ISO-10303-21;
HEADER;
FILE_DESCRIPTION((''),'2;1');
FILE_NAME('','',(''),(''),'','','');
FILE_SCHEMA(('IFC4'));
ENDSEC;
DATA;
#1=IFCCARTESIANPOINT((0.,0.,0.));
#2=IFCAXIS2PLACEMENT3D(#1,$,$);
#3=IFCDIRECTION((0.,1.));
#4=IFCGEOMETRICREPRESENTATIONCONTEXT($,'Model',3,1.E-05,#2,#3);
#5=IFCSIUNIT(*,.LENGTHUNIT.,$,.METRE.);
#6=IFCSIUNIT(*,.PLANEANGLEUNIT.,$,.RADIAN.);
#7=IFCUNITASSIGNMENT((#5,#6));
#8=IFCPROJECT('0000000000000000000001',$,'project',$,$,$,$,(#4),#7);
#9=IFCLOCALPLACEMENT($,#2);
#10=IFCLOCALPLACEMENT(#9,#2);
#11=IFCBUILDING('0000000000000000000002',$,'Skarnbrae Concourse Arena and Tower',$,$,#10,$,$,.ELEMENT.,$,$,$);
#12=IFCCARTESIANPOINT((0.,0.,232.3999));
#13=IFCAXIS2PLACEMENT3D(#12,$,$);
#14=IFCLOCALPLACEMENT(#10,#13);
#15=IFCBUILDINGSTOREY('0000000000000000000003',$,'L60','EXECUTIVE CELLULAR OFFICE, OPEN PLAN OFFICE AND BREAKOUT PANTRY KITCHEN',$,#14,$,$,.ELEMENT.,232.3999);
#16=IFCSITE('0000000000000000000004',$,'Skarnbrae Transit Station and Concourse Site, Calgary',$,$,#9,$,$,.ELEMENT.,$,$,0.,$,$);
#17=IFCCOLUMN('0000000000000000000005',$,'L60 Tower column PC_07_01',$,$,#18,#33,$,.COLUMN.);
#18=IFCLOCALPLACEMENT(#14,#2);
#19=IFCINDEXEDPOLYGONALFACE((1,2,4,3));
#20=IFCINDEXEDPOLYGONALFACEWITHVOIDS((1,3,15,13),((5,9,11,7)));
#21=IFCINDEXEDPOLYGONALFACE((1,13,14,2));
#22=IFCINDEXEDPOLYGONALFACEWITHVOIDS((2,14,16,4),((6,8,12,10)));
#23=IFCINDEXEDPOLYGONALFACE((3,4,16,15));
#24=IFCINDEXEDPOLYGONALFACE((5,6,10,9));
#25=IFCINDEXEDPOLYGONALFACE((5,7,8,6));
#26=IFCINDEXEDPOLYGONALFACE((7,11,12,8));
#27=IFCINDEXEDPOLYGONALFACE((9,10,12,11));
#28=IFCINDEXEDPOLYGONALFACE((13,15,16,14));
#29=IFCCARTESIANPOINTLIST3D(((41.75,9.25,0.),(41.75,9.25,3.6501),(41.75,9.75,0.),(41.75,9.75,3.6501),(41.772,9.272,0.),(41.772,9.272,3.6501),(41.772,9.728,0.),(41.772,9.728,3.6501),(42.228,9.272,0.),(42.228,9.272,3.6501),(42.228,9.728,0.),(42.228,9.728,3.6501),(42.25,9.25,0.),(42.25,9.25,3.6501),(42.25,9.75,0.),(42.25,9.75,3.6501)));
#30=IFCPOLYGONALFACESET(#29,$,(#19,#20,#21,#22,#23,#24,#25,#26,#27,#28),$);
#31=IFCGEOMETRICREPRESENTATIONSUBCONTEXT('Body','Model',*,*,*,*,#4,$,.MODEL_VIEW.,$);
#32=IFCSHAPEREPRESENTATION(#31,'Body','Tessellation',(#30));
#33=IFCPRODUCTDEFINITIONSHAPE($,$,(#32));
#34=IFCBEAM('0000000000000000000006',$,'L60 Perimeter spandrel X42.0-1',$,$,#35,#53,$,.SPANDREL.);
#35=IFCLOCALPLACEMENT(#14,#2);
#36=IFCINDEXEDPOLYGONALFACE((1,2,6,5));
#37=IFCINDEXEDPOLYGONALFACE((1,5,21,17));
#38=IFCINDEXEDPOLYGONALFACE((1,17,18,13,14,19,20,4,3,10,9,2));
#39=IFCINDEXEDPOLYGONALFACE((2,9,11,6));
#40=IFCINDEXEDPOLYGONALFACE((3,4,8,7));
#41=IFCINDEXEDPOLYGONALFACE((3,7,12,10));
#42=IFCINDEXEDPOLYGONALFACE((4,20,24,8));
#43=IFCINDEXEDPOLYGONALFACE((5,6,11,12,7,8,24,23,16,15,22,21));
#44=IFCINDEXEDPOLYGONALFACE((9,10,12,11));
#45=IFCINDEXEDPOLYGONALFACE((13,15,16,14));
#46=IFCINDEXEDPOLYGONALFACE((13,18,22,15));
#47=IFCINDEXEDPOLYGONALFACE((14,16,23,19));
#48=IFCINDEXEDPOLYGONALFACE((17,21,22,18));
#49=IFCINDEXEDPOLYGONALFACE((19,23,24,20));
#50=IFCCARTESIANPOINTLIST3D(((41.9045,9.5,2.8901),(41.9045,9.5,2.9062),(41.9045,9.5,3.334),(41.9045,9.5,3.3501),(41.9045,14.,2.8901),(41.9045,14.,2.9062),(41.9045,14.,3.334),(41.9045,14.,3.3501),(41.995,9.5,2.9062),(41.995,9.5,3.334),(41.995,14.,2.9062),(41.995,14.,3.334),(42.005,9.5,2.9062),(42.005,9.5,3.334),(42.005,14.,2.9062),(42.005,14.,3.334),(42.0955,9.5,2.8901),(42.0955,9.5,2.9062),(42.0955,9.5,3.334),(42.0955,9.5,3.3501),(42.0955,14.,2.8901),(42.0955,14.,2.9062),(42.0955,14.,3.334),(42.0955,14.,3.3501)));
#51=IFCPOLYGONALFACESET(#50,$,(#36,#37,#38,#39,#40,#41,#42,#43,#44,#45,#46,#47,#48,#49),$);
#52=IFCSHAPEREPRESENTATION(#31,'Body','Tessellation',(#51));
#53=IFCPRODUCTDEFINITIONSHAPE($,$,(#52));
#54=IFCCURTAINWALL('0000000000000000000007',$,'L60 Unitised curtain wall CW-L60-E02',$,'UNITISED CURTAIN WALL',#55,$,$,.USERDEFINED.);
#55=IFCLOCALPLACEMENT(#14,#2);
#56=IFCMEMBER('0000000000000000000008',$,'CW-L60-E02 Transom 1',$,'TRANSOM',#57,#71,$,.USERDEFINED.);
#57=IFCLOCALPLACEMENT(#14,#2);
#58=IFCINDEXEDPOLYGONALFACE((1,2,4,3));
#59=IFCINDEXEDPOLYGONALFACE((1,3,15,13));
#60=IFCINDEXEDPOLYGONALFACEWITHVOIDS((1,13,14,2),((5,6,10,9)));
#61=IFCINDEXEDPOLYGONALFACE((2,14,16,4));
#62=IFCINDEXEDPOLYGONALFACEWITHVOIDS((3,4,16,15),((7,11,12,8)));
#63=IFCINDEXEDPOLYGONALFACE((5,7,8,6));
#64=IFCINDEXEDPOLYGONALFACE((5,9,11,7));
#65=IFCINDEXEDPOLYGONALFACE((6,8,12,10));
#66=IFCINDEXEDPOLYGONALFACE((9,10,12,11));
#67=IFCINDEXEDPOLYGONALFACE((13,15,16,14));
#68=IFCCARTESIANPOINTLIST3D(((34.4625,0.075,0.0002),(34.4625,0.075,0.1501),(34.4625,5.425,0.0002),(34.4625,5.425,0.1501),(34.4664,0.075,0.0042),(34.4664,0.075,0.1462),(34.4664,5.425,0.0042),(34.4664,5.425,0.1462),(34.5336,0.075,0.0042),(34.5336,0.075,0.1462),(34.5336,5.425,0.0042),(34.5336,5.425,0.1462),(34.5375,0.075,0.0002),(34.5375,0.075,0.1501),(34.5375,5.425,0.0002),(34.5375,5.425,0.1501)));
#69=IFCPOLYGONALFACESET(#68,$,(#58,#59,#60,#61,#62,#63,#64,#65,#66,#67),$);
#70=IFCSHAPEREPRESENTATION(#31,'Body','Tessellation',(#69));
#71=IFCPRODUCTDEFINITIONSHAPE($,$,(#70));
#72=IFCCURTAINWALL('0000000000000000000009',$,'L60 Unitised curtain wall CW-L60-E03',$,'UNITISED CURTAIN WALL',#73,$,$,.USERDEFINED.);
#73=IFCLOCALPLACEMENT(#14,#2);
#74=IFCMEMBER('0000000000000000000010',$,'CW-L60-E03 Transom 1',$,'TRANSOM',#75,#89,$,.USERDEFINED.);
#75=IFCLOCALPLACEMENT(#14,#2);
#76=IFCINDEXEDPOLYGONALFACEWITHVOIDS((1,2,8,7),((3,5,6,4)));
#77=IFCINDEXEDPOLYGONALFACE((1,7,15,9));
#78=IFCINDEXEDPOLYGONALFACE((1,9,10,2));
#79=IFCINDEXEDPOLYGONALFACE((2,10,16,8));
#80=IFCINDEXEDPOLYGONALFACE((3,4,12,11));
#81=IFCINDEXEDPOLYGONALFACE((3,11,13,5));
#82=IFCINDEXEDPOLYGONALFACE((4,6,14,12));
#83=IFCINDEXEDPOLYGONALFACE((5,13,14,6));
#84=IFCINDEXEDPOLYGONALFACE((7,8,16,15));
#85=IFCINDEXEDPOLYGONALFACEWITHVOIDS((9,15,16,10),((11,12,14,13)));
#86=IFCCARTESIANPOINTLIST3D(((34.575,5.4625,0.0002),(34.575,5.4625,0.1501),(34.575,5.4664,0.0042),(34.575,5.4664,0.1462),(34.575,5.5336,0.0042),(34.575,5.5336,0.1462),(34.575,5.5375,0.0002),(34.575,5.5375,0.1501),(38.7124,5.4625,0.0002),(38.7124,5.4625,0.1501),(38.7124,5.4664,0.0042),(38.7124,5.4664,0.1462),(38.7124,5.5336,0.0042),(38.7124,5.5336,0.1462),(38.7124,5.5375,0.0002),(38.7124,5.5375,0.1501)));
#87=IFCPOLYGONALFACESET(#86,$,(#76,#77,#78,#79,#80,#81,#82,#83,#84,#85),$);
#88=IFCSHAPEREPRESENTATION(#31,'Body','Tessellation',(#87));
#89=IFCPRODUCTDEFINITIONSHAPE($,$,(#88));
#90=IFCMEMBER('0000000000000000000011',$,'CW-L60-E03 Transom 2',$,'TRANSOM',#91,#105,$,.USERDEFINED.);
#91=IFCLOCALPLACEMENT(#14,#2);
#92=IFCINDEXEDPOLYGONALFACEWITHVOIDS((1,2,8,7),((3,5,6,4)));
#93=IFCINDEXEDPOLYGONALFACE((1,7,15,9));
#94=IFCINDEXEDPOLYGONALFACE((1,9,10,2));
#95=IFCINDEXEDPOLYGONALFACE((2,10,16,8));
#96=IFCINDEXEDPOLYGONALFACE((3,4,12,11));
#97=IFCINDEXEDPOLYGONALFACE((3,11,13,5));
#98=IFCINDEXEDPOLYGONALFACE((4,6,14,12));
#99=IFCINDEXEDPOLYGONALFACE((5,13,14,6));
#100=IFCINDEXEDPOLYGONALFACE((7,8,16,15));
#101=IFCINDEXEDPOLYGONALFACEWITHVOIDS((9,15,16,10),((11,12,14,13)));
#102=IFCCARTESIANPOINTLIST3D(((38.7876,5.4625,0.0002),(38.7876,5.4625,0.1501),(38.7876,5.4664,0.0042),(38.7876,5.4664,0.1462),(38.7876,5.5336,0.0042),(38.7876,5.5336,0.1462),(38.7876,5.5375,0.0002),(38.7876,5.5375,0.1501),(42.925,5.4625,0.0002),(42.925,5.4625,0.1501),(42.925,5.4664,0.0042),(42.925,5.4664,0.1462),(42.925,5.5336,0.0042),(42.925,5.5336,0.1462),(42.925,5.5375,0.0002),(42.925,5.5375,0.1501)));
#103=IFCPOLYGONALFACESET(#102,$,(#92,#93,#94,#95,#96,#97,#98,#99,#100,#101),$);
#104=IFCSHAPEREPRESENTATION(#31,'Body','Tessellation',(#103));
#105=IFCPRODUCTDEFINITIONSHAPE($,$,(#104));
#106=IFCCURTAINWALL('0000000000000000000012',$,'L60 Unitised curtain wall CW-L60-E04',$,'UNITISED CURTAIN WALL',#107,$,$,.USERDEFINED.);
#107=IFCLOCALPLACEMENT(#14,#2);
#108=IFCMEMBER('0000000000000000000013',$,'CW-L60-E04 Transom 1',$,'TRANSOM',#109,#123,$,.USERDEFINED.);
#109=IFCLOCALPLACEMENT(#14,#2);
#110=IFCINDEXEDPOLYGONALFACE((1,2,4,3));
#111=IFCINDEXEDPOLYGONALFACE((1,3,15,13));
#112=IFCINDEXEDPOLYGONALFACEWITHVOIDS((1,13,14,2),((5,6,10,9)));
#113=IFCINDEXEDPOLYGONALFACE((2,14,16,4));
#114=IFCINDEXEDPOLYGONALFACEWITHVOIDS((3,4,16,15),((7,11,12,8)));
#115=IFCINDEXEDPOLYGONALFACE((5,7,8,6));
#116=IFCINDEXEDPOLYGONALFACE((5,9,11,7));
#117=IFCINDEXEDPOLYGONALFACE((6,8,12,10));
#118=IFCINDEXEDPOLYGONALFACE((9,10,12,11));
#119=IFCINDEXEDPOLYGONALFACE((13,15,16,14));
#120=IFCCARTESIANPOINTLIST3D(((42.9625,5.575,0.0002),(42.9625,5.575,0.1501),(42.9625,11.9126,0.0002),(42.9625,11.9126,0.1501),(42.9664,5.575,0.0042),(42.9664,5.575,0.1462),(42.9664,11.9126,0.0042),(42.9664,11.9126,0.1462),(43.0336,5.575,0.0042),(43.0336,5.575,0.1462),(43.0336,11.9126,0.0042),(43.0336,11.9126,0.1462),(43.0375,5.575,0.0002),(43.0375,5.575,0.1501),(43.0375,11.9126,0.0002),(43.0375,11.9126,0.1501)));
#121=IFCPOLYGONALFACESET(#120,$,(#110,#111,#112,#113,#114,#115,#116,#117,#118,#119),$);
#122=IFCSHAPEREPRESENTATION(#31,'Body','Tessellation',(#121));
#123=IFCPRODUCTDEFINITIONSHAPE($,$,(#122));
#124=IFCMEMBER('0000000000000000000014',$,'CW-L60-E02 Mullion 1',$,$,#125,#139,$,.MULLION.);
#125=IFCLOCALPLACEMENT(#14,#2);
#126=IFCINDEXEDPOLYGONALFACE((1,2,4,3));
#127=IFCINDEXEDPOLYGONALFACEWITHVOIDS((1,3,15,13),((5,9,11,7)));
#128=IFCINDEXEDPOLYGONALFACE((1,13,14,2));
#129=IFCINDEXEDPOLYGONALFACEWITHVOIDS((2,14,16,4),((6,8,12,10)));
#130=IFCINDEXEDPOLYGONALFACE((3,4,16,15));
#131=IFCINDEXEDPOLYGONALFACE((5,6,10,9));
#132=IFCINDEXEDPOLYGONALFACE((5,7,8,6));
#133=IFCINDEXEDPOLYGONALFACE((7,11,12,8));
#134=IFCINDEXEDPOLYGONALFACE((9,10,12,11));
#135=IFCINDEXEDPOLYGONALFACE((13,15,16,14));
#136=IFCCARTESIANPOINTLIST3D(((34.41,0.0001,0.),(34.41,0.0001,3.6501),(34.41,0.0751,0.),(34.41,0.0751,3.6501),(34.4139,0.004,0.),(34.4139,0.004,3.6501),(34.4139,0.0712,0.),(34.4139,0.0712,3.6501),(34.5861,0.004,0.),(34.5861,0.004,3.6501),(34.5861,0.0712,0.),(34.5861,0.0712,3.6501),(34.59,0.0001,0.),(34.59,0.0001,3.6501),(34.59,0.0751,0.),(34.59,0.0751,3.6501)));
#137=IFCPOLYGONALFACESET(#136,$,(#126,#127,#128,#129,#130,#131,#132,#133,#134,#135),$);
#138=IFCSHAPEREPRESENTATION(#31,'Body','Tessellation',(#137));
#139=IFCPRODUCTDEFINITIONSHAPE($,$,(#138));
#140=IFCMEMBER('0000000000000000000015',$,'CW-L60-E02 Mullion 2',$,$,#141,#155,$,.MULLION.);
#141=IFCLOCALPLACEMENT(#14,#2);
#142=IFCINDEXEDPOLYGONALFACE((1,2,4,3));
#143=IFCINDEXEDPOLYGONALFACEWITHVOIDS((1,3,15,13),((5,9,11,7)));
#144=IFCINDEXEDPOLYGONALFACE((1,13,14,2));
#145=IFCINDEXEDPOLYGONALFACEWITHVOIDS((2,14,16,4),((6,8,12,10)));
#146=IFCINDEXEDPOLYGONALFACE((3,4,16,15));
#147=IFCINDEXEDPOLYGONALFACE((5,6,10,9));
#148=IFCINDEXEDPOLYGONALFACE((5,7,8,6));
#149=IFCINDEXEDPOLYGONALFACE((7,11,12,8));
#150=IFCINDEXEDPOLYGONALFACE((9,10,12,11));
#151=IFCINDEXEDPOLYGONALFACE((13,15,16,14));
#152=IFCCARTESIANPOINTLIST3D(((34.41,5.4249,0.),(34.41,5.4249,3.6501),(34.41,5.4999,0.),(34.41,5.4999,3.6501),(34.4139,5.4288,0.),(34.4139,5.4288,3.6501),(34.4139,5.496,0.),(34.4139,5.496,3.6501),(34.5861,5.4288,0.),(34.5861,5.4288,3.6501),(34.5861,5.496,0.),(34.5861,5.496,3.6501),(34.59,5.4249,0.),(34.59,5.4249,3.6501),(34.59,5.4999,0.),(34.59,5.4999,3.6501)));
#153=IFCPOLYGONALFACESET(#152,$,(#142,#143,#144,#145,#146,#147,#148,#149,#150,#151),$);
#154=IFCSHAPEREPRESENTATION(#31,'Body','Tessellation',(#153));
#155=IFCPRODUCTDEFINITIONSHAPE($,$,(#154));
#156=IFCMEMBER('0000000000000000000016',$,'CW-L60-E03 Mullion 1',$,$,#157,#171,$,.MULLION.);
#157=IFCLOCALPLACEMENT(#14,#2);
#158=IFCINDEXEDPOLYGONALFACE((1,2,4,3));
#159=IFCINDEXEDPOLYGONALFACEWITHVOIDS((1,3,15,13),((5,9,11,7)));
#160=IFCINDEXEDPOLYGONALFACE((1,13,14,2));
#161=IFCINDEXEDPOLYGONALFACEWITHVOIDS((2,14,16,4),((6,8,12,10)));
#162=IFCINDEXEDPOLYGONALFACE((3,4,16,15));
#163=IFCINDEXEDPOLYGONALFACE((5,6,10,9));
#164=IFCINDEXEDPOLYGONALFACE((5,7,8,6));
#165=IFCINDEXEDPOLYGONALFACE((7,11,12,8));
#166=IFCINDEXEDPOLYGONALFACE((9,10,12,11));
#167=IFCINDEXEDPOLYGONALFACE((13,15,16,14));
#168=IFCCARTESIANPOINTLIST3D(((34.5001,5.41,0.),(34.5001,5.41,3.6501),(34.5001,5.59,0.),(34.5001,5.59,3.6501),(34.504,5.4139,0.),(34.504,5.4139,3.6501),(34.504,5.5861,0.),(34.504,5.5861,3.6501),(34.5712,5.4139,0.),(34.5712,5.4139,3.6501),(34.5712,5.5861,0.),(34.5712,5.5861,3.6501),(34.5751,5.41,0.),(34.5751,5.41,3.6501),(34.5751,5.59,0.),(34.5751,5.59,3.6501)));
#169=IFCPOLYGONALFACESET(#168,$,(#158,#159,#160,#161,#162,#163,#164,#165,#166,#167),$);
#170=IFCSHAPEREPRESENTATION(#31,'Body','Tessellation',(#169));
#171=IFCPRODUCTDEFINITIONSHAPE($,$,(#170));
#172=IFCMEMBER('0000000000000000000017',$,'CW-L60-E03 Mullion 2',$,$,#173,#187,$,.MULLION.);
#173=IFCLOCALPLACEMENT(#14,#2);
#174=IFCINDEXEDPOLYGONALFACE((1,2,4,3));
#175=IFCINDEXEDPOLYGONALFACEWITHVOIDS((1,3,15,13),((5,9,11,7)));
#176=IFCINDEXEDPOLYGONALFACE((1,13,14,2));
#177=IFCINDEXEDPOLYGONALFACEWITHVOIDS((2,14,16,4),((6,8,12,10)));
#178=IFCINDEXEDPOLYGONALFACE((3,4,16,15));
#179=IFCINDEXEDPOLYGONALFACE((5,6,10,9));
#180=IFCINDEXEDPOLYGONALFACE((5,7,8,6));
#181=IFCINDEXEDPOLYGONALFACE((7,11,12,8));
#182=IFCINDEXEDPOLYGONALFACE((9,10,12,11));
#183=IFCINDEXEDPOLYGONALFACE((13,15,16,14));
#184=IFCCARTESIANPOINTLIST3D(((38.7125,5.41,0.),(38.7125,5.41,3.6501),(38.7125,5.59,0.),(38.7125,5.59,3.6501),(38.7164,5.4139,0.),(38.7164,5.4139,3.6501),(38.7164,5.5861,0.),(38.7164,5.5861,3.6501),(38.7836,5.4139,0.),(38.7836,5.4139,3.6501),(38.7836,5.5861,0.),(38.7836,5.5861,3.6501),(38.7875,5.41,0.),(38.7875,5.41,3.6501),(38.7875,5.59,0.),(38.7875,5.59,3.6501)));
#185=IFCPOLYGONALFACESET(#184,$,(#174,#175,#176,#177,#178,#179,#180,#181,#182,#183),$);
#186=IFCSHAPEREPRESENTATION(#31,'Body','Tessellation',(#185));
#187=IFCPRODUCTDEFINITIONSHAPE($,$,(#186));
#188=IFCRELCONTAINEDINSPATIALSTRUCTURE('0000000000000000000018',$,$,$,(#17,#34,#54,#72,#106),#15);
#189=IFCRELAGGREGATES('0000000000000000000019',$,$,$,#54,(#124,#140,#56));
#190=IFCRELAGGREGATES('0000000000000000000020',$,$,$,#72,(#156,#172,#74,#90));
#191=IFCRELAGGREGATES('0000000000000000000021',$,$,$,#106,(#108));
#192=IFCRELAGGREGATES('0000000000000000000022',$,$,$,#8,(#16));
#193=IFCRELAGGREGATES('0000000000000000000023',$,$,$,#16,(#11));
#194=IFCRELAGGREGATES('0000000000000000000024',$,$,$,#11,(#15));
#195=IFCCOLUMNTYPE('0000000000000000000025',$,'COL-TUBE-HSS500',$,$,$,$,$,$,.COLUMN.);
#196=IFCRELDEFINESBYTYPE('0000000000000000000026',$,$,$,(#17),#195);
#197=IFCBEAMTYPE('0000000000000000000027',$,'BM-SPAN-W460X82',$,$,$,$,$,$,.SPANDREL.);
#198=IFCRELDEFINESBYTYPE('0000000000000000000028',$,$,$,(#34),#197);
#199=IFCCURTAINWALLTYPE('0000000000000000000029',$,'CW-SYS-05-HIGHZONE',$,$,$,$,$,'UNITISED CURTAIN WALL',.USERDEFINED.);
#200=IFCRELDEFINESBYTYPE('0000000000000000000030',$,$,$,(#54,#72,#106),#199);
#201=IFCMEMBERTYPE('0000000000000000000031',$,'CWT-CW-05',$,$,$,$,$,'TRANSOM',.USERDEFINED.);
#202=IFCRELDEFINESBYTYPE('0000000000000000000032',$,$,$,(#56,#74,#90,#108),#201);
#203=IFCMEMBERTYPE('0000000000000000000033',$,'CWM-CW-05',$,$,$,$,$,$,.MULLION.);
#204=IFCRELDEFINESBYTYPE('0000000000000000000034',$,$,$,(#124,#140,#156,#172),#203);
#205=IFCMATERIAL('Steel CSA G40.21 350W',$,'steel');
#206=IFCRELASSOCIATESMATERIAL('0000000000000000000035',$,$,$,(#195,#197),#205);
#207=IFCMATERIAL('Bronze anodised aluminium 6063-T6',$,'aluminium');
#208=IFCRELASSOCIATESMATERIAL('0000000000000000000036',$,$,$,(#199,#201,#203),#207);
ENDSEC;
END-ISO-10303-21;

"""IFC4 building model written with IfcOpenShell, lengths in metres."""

from ifc_helpers import new_model, si_unit, direction, frame, origin, origin_2d, place, context, subcontext, project, spatial, hollow_rectangle, i_section, extrude, source, transform, mapped, material, material_profile, profile_set, type_object, element, aggregate, save


model = new_model("IFC4")

# Units and contexts
model_context = context("Model", 3, precision=1e-05, world=origin(), true_north=direction((0.0, 1.0)))
body_context = subcontext(model_context, "Body", "Model", "MODEL_VIEW")
ifc_project = project(units=[si_unit("LENGTHUNIT", "METRE"), si_unit("PLANEANGLEUNIT", "RADIAN")], contexts=[model_context])

# Site, building, storey
site_placement = place(None, origin())
site = spatial("IfcSite", under=ifc_project, at=site_placement, Name="Skarnbrae Transit Station and Concourse Site, Calgary", CompositionType="ELEMENT", RefElevation=0.0)
building_placement = place(site_placement, origin())
building = spatial("IfcBuilding", under=site, at=building_placement, Name="Skarnbrae Concourse Arena and Tower", CompositionType="ELEMENT")
storey_placement = place(building_placement, frame((0.0, 0.0, 232.3999)))
storey = spatial("IfcBuildingStorey", under=building, at=storey_placement, Name="L60", Description="EXECUTIVE CELLULAR OFFICE, OPEN PLAN OFFICE AND BREAKOUT PANTRY KITCHEN", CompositionType="ELEMENT", Elevation=232.3999)

# Column
ifc_material_1 = material(Name="Steel CSA G40.21 350W", Category="steel")
ifc_material_profile_1 = material_profile(ifc_material_1, hollow_rectangle(XDim=0.5, YDim=0.5, WallThickness=0.022, at=origin_2d()), Name="HSS500X500X22.0")
ifc_profile_set_1 = profile_set([ifc_material_profile_1], Name="Steel CSA G40.21 350W")
column_type = type_object("IfcColumnType", Name="COL-TUBE-HSS500", PredefinedType="COLUMN", material=ifc_profile_set_1)
shared_shape_1 = source(origin(), body_context, "Body", "SweptSolid", [
    extrude(hollow_rectangle(XDim=0.5, YDim=0.5, WallThickness=0.022, at=origin_2d()), origin(), (0.0, 0.0, 1.0), 3.6501),
])
column_placement = place(storey_placement, frame((42.0, 9.5, 0.0), z_axis=(0.0, 0.0, 1.0), x_axis=(1.0, 0.0, 0.0)))
element("IfcColumn", 1, at=column_placement, inside=storey, type_object=column_type, Name="L60 Tower column PC_07_01", PredefinedType="COLUMN", context=body_context, shape_type="MappedRepresentation", body=[
    mapped(shared_shape_1, transform((0.0, 0.0, 0.0))),
])

# Beam
ifc_material_profile_2 = material_profile(ifc_material_1, i_section(OverallWidth=0.1909, OverallDepth=0.46, WebThickness=0.01, FlangeThickness=0.0161, at=origin_2d()), Name="W460X82")
ifc_profile_set_2 = profile_set([ifc_material_profile_2], Name="Steel CSA G40.21 350W")
beam_type = type_object("IfcBeamType", Name="BM-SPAN-W460X82", PredefinedType="SPANDREL", material=ifc_profile_set_2)
shared_shape_2 = source(origin(), body_context, "Body", "SweptSolid", [
    extrude(i_section(OverallWidth=0.1909, OverallDepth=0.46, WebThickness=0.01, FlangeThickness=0.0161, at=origin_2d()), origin(), (0.0, 0.0, 1.0), 4.5),
])
beam_placement = place(storey_placement, frame((42.0, 9.5, 3.1201), z_axis=(0.0, 1.0, 0.0), x_axis=(-1.0, 0.0, 0.0)))
element("IfcBeam", 2, at=beam_placement, inside=storey, type_object=beam_type, Name="L60 Perimeter spandrel X42.0-1", PredefinedType="SPANDREL", context=body_context, shape_type="MappedRepresentation", body=[
    mapped(shared_shape_2, transform((0.0, 0.0, 0.0))),
])

# Curtain wall, member
ifc_material_2 = material(Name="Bronze anodised aluminium 6063-T6", Category="aluminium")
curtain_wall_type = type_object("IfcCurtainWallType", Name="CW-SYS-05-HIGHZONE", ElementType="UNITISED CURTAIN WALL", PredefinedType="USERDEFINED", material=ifc_material_2)
curtain_wall_1_placement = place(storey_placement, origin())
curtain_wall_1 = element("IfcCurtainWall", 3, at=curtain_wall_1_placement, inside=storey, type_object=curtain_wall_type, Name="L60 Unitised curtain wall CW-L60-E02", ObjectType="UNITISED CURTAIN WALL", PredefinedType="USERDEFINED")
ifc_material_profile_3 = material_profile(ifc_material_2, hollow_rectangle(XDim=0.075, YDim=0.1499, WallThickness=0.0039, at=origin_2d()), Name="ALU-TRAN-75X150")
ifc_profile_set_3 = profile_set([ifc_material_profile_3], Name="Bronze anodised aluminium 6063-T6")
member_type_1 = type_object("IfcMemberType", Name="CWT-CW-05", ElementType="TRANSOM", PredefinedType="USERDEFINED", material=ifc_profile_set_3)
shared_shape_3 = source(origin(), body_context, "Body", "SweptSolid", [
    extrude(hollow_rectangle(XDim=0.075, YDim=0.1499, WallThickness=0.0039, at=origin_2d()), origin(), (0.0, 0.0, 1.0), 5.3501),
])
member_1_placement = place(storey_placement, frame((34.5, 0.075, 0.0752), z_axis=(0.0, 1.0, 0.0), x_axis=(-1.0, 0.0, 0.0)))
member_1 = element("IfcMember", 4, at=member_1_placement, type_object=member_type_1, Name="CW-L60-E02 Transom 1", ObjectType="TRANSOM", PredefinedType="USERDEFINED", context=body_context, shape_type="MappedRepresentation", body=[
    mapped(shared_shape_3, transform((0.0, 0.0, 0.0))),
])

# Curtain wall, members
curtain_wall_2_placement = place(storey_placement, origin())
curtain_wall_2 = element("IfcCurtainWall", 5, at=curtain_wall_2_placement, inside=storey, type_object=curtain_wall_type, Name="L60 Unitised curtain wall CW-L60-E03", ObjectType="UNITISED CURTAIN WALL", PredefinedType="USERDEFINED")
shared_shape_4 = source(origin(), body_context, "Body", "SweptSolid", [
    extrude(hollow_rectangle(XDim=0.075, YDim=0.1499, WallThickness=0.0039, at=origin_2d()), origin(), (0.0, 0.0, 1.0), 4.1375),
])
member_2_placement = place(storey_placement, frame((34.575, 5.5, 0.0752), z_axis=(1.0, 0.0, 0.0), x_axis=(0.0, 1.0, 0.0)))
member_2 = element("IfcMember", 6, at=member_2_placement, type_object=member_type_1, Name="CW-L60-E03 Transom 1", ObjectType="TRANSOM", PredefinedType="USERDEFINED", context=body_context, shape_type="MappedRepresentation", body=[
    mapped(shared_shape_4, transform((0.0, 0.0, 0.0))),
])
member_3_placement = place(storey_placement, frame((38.7876, 5.5, 0.0752), z_axis=(1.0, 0.0, 0.0), x_axis=(0.0, 1.0, 0.0)))
member_3 = element("IfcMember", 7, at=member_3_placement, type_object=member_type_1, Name="CW-L60-E03 Transom 2", ObjectType="TRANSOM", PredefinedType="USERDEFINED", context=body_context, shape_type="MappedRepresentation", body=[
    mapped(shared_shape_4, transform((0.0, 0.0, 0.0))),
])

# Curtain wall, member
curtain_wall_3_placement = place(storey_placement, origin())
curtain_wall_3 = element("IfcCurtainWall", 8, at=curtain_wall_3_placement, inside=storey, type_object=curtain_wall_type, Name="L60 Unitised curtain wall CW-L60-E04", ObjectType="UNITISED CURTAIN WALL", PredefinedType="USERDEFINED")
shared_shape_5 = source(origin(), body_context, "Body", "SweptSolid", [
    extrude(hollow_rectangle(XDim=0.075, YDim=0.1499, WallThickness=0.0039, at=origin_2d()), origin(), (0.0, 0.0, 1.0), 6.3376),
])
member_4_placement = place(storey_placement, frame((43.0, 5.575, 0.0752), z_axis=(0.0, 1.0, 0.0), x_axis=(-1.0, 0.0, 0.0)))
member_4 = element("IfcMember", 9, at=member_4_placement, type_object=member_type_1, Name="CW-L60-E04 Transom 1", ObjectType="TRANSOM", PredefinedType="USERDEFINED", context=body_context, shape_type="MappedRepresentation", body=[
    mapped(shared_shape_5, transform((0.0, 0.0, 0.0))),
])

# Members
ifc_material_profile_4 = material_profile(ifc_material_2, hollow_rectangle(XDim=0.075, YDim=0.1799, WallThickness=0.0039, at=origin_2d()), Name="ALU-MULL-75X180")
ifc_profile_set_4 = profile_set([ifc_material_profile_4], Name="Bronze anodised aluminium 6063-T6")
member_type_2 = type_object("IfcMemberType", Name="CWM-CW-05", PredefinedType="MULLION", material=ifc_profile_set_4)
shared_shape_6 = source(origin(), body_context, "Body", "SweptSolid", [
    extrude(hollow_rectangle(XDim=0.075, YDim=0.1799, WallThickness=0.0039, at=origin_2d()), origin(), (0.0, 0.0, 1.0), 3.6501),
])
member_5_placement = place(storey_placement, frame((34.5, 0.0376, 0.0), z_axis=(0.0, 0.0, 1.0), x_axis=(0.0, 1.0, 0.0)))
member_5 = element("IfcMember", 10, at=member_5_placement, type_object=member_type_2, Name="CW-L60-E02 Mullion 1", PredefinedType="MULLION", context=body_context, shape_type="MappedRepresentation", body=[
    mapped(shared_shape_6, transform((0.0, 0.0, 0.0))),
])
member_6_placement = place(storey_placement, frame((34.5, 5.4624, 0.0), z_axis=(0.0, 0.0, 1.0), x_axis=(0.0, 1.0, 0.0)))
member_6 = element("IfcMember", 11, at=member_6_placement, type_object=member_type_2, Name="CW-L60-E02 Mullion 2", PredefinedType="MULLION", context=body_context, shape_type="MappedRepresentation", body=[
    mapped(shared_shape_6, transform((0.0, 0.0, 0.0))),
])
member_7_placement = place(storey_placement, frame((34.5376, 5.5, 0.0), z_axis=(0.0, 0.0, 1.0), x_axis=(1.0, 0.0, 0.0)))
member_7 = element("IfcMember", 12, at=member_7_placement, type_object=member_type_2, Name="CW-L60-E03 Mullion 1", PredefinedType="MULLION", context=body_context, shape_type="MappedRepresentation", body=[
    mapped(shared_shape_6, transform((0.0, 0.0, 0.0))),
])
member_8_placement = place(storey_placement, frame((38.75, 5.5, 0.0), z_axis=(0.0, 0.0, 1.0), x_axis=(1.0, 0.0, 0.0)))
member_8 = element("IfcMember", 13, at=member_8_placement, type_object=member_type_2, Name="CW-L60-E03 Mullion 2", PredefinedType="MULLION", context=body_context, shape_type="MappedRepresentation", body=[
    mapped(shared_shape_6, transform((0.0, 0.0, 0.0))),
])

aggregate(curtain_wall_1, [member_5, member_6, member_1])
aggregate(curtain_wall_2, [member_7, member_8, member_2, member_3])
aggregate(curtain_wall_3, [member_4])

save(model, "model.ifc")
